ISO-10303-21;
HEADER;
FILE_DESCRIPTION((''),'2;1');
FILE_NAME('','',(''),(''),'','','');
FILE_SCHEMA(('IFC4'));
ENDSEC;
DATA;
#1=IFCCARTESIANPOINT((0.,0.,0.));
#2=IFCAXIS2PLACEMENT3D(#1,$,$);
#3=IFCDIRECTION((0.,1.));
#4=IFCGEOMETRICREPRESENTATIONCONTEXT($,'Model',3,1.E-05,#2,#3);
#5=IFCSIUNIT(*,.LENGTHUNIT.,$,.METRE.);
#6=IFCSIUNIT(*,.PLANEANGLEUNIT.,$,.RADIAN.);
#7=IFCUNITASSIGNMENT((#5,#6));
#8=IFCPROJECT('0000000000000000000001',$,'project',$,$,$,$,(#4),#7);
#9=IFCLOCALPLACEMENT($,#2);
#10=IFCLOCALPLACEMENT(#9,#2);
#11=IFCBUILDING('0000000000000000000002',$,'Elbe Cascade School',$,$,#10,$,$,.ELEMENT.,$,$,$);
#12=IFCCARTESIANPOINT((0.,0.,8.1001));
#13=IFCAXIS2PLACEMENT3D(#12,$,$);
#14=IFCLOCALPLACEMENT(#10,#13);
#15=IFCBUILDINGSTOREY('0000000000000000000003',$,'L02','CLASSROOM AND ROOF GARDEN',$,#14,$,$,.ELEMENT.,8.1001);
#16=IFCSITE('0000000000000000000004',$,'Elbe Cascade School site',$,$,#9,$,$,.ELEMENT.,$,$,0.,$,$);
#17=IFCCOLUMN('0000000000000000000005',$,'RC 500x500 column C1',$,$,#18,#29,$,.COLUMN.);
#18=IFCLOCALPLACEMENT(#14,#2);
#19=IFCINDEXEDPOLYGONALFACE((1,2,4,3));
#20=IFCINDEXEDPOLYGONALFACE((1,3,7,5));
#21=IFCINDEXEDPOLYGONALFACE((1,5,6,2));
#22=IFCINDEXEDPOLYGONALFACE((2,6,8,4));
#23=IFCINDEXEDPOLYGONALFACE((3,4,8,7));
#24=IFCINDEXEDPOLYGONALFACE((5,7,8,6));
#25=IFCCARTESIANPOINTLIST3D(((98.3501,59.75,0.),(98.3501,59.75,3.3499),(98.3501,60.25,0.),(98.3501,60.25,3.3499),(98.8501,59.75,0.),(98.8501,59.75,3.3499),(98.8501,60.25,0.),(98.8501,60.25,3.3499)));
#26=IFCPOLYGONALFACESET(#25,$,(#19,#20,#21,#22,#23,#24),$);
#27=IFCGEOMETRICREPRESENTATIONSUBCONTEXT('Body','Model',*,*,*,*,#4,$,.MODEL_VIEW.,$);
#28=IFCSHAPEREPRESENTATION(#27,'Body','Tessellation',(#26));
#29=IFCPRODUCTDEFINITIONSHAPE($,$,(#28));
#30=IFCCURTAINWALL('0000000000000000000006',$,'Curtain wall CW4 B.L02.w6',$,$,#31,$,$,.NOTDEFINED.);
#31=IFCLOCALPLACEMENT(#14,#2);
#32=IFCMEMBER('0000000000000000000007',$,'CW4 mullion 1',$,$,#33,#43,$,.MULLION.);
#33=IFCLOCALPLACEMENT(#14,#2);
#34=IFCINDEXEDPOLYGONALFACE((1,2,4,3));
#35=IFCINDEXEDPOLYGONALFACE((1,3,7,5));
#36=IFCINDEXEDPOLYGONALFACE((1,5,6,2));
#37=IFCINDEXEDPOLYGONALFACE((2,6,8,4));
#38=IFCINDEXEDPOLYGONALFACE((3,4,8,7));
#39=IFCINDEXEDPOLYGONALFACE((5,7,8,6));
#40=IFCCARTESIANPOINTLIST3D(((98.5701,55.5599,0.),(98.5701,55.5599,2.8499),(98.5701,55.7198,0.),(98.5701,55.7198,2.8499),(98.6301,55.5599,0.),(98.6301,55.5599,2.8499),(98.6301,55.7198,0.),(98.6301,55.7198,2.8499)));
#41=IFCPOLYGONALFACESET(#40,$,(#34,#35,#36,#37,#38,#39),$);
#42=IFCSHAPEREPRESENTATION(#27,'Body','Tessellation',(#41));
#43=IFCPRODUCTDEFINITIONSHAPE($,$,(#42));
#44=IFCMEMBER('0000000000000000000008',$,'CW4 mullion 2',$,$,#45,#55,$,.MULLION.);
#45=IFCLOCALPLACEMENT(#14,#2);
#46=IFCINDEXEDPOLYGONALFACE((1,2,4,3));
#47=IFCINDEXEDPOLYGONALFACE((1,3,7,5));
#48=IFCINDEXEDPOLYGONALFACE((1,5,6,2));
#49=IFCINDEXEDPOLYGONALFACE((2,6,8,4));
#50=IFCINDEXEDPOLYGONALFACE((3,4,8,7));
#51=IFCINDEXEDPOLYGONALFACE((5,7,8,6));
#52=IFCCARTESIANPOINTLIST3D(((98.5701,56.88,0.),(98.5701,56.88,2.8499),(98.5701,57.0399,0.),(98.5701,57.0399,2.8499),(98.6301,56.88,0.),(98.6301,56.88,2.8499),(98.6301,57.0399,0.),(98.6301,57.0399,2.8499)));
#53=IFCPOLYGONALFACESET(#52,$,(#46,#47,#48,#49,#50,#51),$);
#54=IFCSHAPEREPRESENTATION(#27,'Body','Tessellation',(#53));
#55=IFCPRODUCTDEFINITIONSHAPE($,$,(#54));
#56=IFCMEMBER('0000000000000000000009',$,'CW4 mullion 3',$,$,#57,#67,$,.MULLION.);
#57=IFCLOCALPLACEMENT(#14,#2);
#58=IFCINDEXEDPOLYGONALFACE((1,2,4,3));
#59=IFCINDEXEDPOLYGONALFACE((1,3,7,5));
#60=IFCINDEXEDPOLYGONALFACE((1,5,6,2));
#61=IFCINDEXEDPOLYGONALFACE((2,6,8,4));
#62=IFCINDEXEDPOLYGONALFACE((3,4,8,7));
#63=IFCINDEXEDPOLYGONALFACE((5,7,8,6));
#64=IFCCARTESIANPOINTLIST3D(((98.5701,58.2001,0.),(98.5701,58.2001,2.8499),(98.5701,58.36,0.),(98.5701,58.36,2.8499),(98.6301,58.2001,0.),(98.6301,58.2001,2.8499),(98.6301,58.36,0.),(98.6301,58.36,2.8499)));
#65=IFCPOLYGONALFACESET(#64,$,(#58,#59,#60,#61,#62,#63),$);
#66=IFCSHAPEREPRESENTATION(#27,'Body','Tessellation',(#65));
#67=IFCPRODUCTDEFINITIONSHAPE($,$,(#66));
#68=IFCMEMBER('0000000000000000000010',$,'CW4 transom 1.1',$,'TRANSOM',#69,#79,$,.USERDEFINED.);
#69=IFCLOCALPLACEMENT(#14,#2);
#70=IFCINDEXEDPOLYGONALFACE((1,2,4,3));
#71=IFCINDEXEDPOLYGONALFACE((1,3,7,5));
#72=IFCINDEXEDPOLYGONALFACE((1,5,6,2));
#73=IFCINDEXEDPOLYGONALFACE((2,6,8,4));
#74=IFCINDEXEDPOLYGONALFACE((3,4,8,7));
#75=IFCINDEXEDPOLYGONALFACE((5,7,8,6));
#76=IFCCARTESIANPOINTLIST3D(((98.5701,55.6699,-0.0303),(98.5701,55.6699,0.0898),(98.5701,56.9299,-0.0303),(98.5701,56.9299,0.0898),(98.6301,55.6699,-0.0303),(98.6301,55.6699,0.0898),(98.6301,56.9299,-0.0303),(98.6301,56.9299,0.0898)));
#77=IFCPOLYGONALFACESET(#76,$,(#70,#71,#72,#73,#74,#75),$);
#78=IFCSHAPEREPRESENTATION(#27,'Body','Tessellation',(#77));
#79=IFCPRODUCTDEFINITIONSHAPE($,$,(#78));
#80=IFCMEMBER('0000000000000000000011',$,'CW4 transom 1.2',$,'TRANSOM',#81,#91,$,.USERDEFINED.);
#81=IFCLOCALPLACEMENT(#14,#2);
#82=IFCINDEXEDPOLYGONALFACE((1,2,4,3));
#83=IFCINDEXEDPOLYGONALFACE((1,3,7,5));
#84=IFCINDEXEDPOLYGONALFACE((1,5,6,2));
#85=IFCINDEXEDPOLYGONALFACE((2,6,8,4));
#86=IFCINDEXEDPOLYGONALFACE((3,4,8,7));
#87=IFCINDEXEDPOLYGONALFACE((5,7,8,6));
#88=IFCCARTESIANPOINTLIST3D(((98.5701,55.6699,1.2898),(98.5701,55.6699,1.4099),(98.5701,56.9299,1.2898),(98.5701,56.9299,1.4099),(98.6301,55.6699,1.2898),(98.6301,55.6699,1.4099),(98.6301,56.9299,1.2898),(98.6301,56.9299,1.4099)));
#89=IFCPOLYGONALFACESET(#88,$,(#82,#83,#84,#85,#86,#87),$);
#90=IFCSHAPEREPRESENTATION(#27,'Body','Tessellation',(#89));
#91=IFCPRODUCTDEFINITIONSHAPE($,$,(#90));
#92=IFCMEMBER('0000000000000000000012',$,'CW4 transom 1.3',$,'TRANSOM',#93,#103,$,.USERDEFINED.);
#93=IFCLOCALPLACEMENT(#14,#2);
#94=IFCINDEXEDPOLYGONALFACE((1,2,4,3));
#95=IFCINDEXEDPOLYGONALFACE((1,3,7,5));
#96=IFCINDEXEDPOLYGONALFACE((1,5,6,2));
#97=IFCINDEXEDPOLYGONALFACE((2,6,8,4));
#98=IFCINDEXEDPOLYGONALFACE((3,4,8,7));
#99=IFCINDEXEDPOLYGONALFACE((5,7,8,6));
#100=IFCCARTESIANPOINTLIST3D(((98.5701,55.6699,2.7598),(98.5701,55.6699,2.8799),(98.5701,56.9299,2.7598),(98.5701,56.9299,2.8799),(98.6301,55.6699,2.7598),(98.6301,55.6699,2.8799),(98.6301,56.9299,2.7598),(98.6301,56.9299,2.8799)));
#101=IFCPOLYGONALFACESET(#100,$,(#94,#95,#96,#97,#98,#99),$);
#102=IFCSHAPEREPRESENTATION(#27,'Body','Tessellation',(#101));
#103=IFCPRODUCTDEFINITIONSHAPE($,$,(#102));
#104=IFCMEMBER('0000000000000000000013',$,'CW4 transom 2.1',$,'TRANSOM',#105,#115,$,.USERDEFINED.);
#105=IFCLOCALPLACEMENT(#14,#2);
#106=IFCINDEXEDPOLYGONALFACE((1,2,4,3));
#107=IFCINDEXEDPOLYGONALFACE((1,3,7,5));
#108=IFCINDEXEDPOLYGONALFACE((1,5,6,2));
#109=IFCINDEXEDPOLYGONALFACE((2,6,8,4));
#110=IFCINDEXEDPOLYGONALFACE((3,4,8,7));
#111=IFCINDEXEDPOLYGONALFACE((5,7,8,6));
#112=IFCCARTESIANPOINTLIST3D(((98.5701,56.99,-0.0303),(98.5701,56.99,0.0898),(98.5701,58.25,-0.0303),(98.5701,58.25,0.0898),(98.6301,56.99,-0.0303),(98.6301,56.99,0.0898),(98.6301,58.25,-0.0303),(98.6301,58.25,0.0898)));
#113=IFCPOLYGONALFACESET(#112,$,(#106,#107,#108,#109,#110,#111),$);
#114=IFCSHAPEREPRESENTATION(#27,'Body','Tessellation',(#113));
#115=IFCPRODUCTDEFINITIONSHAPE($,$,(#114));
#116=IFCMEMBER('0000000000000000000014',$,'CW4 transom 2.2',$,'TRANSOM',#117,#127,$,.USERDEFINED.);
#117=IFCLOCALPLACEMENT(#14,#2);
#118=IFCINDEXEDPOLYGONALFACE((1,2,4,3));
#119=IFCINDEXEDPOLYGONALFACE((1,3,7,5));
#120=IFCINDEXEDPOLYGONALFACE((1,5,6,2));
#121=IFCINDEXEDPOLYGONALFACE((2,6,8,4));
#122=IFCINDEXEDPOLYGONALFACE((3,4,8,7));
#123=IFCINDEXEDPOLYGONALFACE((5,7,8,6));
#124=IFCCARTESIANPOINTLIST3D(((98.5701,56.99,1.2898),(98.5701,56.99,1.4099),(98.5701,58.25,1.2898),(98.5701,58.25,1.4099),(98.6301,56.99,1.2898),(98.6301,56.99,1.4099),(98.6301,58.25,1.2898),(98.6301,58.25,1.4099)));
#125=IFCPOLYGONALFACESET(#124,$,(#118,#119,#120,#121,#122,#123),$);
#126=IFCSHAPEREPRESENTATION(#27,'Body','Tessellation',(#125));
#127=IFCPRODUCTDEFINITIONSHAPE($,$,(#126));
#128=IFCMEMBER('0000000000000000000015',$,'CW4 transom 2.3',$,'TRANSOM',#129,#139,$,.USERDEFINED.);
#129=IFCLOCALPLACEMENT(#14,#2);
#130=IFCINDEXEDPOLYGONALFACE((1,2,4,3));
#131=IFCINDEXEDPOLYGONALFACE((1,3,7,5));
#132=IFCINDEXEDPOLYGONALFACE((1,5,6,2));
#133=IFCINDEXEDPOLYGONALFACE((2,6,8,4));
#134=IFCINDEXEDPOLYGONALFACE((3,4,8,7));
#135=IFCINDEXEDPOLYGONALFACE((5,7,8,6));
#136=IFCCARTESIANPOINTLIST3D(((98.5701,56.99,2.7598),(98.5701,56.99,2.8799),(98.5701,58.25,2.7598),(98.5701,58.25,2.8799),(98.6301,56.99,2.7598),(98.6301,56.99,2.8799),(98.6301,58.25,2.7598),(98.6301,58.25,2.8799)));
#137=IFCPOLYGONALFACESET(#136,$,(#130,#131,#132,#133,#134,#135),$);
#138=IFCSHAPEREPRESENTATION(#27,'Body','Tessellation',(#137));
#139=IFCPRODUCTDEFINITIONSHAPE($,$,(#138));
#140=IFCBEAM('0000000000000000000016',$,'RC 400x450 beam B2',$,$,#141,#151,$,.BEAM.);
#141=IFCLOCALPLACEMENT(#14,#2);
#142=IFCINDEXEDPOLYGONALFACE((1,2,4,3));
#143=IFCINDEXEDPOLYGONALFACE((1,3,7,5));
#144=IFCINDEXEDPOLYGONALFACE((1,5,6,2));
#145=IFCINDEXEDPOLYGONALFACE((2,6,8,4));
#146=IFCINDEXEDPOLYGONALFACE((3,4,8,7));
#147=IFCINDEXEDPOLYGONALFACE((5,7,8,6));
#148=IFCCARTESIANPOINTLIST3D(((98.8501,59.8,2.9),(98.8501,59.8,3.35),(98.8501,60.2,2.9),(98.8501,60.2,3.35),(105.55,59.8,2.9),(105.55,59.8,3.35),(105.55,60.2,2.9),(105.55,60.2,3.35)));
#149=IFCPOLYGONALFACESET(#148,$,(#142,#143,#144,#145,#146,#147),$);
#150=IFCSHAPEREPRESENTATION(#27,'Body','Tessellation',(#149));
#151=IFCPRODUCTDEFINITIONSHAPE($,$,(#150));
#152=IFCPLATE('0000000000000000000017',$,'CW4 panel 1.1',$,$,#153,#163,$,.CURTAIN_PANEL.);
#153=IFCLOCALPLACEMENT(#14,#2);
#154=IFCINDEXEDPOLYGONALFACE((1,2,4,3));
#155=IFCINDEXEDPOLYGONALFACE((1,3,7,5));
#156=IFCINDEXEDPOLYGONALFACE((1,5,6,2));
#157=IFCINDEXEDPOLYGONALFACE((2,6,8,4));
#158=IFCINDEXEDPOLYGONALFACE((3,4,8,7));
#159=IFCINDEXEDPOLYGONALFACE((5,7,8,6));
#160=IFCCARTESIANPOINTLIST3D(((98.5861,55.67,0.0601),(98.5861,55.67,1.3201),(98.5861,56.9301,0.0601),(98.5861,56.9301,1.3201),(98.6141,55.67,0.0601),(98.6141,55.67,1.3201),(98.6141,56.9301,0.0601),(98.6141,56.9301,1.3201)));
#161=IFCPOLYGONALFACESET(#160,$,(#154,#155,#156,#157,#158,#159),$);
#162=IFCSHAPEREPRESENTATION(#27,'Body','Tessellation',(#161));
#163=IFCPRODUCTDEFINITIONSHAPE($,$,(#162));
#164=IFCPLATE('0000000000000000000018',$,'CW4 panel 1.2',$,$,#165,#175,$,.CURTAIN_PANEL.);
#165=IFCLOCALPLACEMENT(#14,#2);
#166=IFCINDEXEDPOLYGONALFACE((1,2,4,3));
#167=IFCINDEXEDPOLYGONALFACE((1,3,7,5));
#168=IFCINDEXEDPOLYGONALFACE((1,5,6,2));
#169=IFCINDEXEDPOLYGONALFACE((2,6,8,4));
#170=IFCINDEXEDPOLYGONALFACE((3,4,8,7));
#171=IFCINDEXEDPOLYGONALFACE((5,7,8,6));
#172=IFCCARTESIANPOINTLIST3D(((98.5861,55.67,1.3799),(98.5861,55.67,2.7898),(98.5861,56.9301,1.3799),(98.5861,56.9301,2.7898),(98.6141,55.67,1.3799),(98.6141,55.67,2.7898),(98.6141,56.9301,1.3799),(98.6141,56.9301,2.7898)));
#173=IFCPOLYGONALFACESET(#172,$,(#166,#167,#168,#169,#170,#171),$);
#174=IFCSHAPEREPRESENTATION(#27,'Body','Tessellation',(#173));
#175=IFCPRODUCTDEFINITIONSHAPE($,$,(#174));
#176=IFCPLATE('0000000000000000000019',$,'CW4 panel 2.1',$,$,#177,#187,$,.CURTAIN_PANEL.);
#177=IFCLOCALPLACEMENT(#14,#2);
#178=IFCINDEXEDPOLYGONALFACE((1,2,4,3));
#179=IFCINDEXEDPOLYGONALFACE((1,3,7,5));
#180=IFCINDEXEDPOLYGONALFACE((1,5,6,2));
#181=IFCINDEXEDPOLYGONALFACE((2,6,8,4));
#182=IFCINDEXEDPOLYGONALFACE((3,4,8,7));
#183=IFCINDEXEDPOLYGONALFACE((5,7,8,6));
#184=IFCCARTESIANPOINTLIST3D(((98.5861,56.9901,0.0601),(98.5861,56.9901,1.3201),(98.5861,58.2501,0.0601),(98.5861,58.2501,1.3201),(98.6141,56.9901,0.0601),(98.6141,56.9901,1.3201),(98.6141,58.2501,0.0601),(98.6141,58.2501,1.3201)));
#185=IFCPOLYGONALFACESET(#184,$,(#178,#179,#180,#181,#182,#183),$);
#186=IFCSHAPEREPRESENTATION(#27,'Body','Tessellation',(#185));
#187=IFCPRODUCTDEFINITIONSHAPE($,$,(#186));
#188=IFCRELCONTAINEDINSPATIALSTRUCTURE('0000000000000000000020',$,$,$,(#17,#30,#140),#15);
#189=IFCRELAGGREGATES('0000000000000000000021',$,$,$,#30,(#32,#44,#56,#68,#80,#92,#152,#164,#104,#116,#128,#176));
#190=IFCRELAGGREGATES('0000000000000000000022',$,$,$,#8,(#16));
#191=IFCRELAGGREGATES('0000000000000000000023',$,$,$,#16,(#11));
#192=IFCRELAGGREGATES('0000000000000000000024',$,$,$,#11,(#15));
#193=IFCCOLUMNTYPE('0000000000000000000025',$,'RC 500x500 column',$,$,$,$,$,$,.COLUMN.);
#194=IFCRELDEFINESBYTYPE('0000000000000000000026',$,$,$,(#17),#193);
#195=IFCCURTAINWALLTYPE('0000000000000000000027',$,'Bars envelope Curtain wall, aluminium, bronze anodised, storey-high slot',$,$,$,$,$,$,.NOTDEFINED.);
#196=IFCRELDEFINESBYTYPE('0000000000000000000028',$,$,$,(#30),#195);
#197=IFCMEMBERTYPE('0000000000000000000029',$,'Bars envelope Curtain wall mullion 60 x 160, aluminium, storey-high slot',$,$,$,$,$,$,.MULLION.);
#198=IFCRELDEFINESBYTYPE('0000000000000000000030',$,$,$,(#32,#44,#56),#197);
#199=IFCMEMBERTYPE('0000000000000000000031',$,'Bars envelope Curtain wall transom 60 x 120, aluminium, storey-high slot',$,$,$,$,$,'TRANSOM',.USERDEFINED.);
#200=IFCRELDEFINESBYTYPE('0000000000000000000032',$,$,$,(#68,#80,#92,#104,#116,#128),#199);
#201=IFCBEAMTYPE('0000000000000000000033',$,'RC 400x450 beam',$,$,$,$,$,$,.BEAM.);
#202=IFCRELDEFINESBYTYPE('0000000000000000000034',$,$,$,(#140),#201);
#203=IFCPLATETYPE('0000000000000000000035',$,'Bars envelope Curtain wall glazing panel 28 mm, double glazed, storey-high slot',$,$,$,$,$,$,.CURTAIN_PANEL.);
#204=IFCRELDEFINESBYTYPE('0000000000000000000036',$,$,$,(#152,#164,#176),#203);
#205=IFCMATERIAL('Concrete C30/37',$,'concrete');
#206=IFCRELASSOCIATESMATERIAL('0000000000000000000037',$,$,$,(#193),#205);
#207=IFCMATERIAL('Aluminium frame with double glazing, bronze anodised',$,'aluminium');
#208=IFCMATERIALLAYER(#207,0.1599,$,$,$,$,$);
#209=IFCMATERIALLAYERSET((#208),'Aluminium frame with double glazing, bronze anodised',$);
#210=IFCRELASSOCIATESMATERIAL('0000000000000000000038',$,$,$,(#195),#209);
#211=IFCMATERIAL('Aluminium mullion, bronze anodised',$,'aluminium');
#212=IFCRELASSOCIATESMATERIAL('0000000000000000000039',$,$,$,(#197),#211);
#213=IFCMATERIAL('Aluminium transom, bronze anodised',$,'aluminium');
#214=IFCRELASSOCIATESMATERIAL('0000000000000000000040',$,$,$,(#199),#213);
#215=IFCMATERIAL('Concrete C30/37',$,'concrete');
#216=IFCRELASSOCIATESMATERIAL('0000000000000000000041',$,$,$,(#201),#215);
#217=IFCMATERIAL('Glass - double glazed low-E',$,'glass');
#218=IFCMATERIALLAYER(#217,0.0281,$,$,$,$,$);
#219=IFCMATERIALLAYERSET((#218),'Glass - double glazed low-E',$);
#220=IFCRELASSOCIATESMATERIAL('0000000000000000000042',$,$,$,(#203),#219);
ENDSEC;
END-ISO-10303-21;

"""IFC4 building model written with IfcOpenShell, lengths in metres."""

from ifc_helpers import new_model, si_unit, direction, frame, origin, origin_2d, place, context, subcontext, project, spatial, rectangle, extrude, material, layer, layer_set, material_profile, profile_set, type_object, element, aggregate, save


model = new_model("IFC4")

# Units and contexts
model_context = context("Model", 3, precision=1e-05, world=origin(), true_north=direction((0.0, 1.0)))
body_context = subcontext(model_context, "Body", "Model", "MODEL_VIEW")
ifc_project = project(units=[si_unit("LENGTHUNIT", "METRE"), si_unit("PLANEANGLEUNIT", "RADIAN")], contexts=[model_context])

# Site, building, storey
site_placement = place(None, origin())
site = spatial("IfcSite", under=ifc_project, at=site_placement, Name="Elbe Cascade School site", CompositionType="ELEMENT", RefElevation=0.0)
building_placement = place(site_placement, origin())
building = spatial("IfcBuilding", under=site, at=building_placement, Name="Elbe Cascade School", CompositionType="ELEMENT")
storey_placement = place(building_placement, frame((0.0, 0.0, 8.1001)))
storey = spatial("IfcBuildingStorey", under=building, at=storey_placement, Name="L02", Description="CLASSROOM AND ROOF GARDEN", CompositionType="ELEMENT", Elevation=8.1001)

# Column
ifc_material_1 = material(Name="Concrete C30/37", Category="concrete")
ifc_material_profile_1 = material_profile(ifc_material_1, rectangle(XDim=0.5, YDim=0.5, at=origin_2d()), Name="RC 500x500")
ifc_profile_set_1 = profile_set([ifc_material_profile_1], Name="Concrete C30/37")
column_type = type_object("IfcColumnType", Name="RC 500x500 column", PredefinedType="COLUMN", material=ifc_profile_set_1)
column_placement = place(storey_placement, frame((98.6001, 60.0, 0.0), z_axis=(0.0, 0.0, 1.0), x_axis=(1.0, 0.0, 0.0)))
element("IfcColumn", 1, at=column_placement, inside=storey, type_object=column_type, Name="RC 500x500 column C1", PredefinedType="COLUMN", context=body_context, shape_type="SweptSolid", body=[
    extrude(rectangle(XDim=0.5, YDim=0.5, at=origin_2d()), origin(), (0.0, 0.0, 1.0), 3.3499),
])

# Curtain wall, members
ifc_material_2 = material(Name="Aluminium frame with double glazing, bronze anodised", Category="aluminium")
ifc_layer_1 = layer(ifc_material_2, 0.1599)
ifc_layer_set_1 = layer_set([ifc_layer_1], Name="Aluminium frame with double glazing, bronze anodised")
curtain_wall_type = type_object("IfcCurtainWallType", Name="Bars envelope Curtain wall, aluminium, bronze anodised, storey-high slot", PredefinedType="NOTDEFINED", material=ifc_layer_set_1)
curtain_wall_placement = place(storey_placement, origin())
curtain_wall = element("IfcCurtainWall", 2, at=curtain_wall_placement, inside=storey, type_object=curtain_wall_type, Name="Curtain wall CW4 B.L02.w6", PredefinedType="NOTDEFINED")
ifc_material_3 = material(Name="Aluminium mullion, bronze anodised", Category="aluminium")
ifc_material_profile_2 = material_profile(ifc_material_3, rectangle(XDim=0.0601, YDim=0.1599, at=origin_2d()), Name="Bars envelope Curtain wall mullion 60 x 160, aluminium, storey-high slot")
ifc_profile_set_2 = profile_set([ifc_material_profile_2], Name="Aluminium mullion, bronze anodised")
member_type_1 = type_object("IfcMemberType", Name="Bars envelope Curtain wall mullion 60 x 160, aluminium, storey-high slot", PredefinedType="MULLION", material=ifc_profile_set_2)
member_1_placement = place(storey_placement, frame((98.6001, 55.6399, 0.0), z_axis=(0.0, 0.0, 1.0), x_axis=(-1.0, 0.0, 0.0)))
member_1 = element("IfcMember", 3, at=member_1_placement, type_object=member_type_1, Name="CW4 mullion 1", PredefinedType="MULLION", context=body_context, shape_type="SweptSolid", body=[
    extrude(rectangle(XDim=0.0601, YDim=0.1599, at=origin_2d()), origin(), (0.0, 0.0, 1.0), 2.8499),
])
member_2_placement = place(storey_placement, frame((98.6001, 56.96, 0.0), z_axis=(0.0, 0.0, 1.0), x_axis=(-1.0, 0.0, 0.0)))
member_2 = element("IfcMember", 4, at=member_2_placement, type_object=member_type_1, Name="CW4 mullion 2", PredefinedType="MULLION", context=body_context, shape_type="SweptSolid", body=[
    extrude(rectangle(XDim=0.0601, YDim=0.1599, at=origin_2d()), origin(), (0.0, 0.0, 1.0), 2.8499),
])
member_3_placement = place(storey_placement, frame((98.6001, 58.28, 0.0), z_axis=(0.0, 0.0, 1.0), x_axis=(-1.0, 0.0, 0.0)))
member_3 = element("IfcMember", 5, at=member_3_placement, type_object=member_type_1, Name="CW4 mullion 3", PredefinedType="MULLION", context=body_context, shape_type="SweptSolid", body=[
    extrude(rectangle(XDim=0.0601, YDim=0.1599, at=origin_2d()), origin(), (0.0, 0.0, 1.0), 2.8499),
])
ifc_material_4 = material(Name="Aluminium transom, bronze anodised", Category="aluminium")
ifc_material_profile_3 = material_profile(ifc_material_4, rectangle(XDim=0.0601, YDim=0.1201, at=origin_2d()), Name="Bars envelope Curtain wall transom 60 x 120, aluminium, storey-high slot")
ifc_profile_set_3 = profile_set([ifc_material_profile_3], Name="Aluminium transom, bronze anodised")
member_type_2 = type_object("IfcMemberType", Name="Bars envelope Curtain wall transom 60 x 120, aluminium, storey-high slot", ElementType="TRANSOM", PredefinedType="USERDEFINED", material=ifc_profile_set_3)
member_4_placement = place(storey_placement, frame((98.6001, 55.6699, 0.0298), z_axis=(0.0, 1.0, 0.0), x_axis=(-1.0, 0.0, 0.0)))
member_4 = element("IfcMember", 6, at=member_4_placement, type_object=member_type_2, Name="CW4 transom 1.1", ObjectType="TRANSOM", PredefinedType="USERDEFINED", context=body_context, shape_type="SweptSolid", body=[
    extrude(rectangle(XDim=0.0601, YDim=0.1201, at=origin_2d()), origin(), (0.0, 0.0, 1.0), 1.26),
])
member_5_placement = place(storey_placement, frame((98.6001, 55.6699, 1.3499), z_axis=(0.0, 1.0, 0.0), x_axis=(-1.0, 0.0, 0.0)))
member_5 = element("IfcMember", 7, at=member_5_placement, type_object=member_type_2, Name="CW4 transom 1.2", ObjectType="TRANSOM", PredefinedType="USERDEFINED", context=body_context, shape_type="SweptSolid", body=[
    extrude(rectangle(XDim=0.0601, YDim=0.1201, at=origin_2d()), origin(), (0.0, 0.0, 1.0), 1.26),
])
member_6_placement = place(storey_placement, frame((98.6001, 55.6699, 2.8198), z_axis=(0.0, 1.0, 0.0), x_axis=(-1.0, 0.0, 0.0)))
member_6 = element("IfcMember", 8, at=member_6_placement, type_object=member_type_2, Name="CW4 transom 1.3", ObjectType="TRANSOM", PredefinedType="USERDEFINED", context=body_context, shape_type="SweptSolid", body=[
    extrude(rectangle(XDim=0.0601, YDim=0.1201, at=origin_2d()), origin(), (0.0, 0.0, 1.0), 1.26),
])
member_7_placement = place(storey_placement, frame((98.6001, 56.99, 0.0298), z_axis=(0.0, 1.0, 0.0), x_axis=(-1.0, 0.0, 0.0)))
member_7 = element("IfcMember", 9, at=member_7_placement, type_object=member_type_2, Name="CW4 transom 2.1", ObjectType="TRANSOM", PredefinedType="USERDEFINED", context=body_context, shape_type="SweptSolid", body=[
    extrude(rectangle(XDim=0.0601, YDim=0.1201, at=origin_2d()), origin(), (0.0, 0.0, 1.0), 1.26),
])
member_8_placement = place(storey_placement, frame((98.6001, 56.99, 1.3499), z_axis=(0.0, 1.0, 0.0), x_axis=(-1.0, 0.0, 0.0)))
member_8 = element("IfcMember", 10, at=member_8_placement, type_object=member_type_2, Name="CW4 transom 2.2", ObjectType="TRANSOM", PredefinedType="USERDEFINED", context=body_context, shape_type="SweptSolid", body=[
    extrude(rectangle(XDim=0.0601, YDim=0.1201, at=origin_2d()), origin(), (0.0, 0.0, 1.0), 1.26),
])
member_9_placement = place(storey_placement, frame((98.6001, 56.99, 2.8198), z_axis=(0.0, 1.0, 0.0), x_axis=(-1.0, 0.0, 0.0)))
member_9 = element("IfcMember", 11, at=member_9_placement, type_object=member_type_2, Name="CW4 transom 2.3", ObjectType="TRANSOM", PredefinedType="USERDEFINED", context=body_context, shape_type="SweptSolid", body=[
    extrude(rectangle(XDim=0.0601, YDim=0.1201, at=origin_2d()), origin(), (0.0, 0.0, 1.0), 1.26),
])

# Beam
ifc_material_5 = material(Name="Concrete C30/37", Category="concrete")
ifc_material_profile_4 = material_profile(ifc_material_5, rectangle(XDim=0.3999, YDim=0.45, at=origin_2d()), Name="RC 400x450")
ifc_profile_set_4 = profile_set([ifc_material_profile_4], Name="Concrete C30/37")
beam_type = type_object("IfcBeamType", Name="RC 400x450 beam", PredefinedType="BEAM", material=ifc_profile_set_4)
beam_placement = place(storey_placement, frame((98.8501, 60.0, 3.125), z_axis=(1.0, 0.0, 0.0), x_axis=(0.0, 1.0, 0.0)))
element("IfcBeam", 12, at=beam_placement, inside=storey, type_object=beam_type, Name="RC 400x450 beam B2", PredefinedType="BEAM", context=body_context, shape_type="SweptSolid", body=[
    extrude(rectangle(XDim=0.3999, YDim=0.45, at=origin_2d()), origin(), (0.0, 0.0, 1.0), 6.7),
])

# Plates
ifc_material_6 = material(Name="Glass - double glazed low-E", Category="glass")
ifc_layer_2 = layer(ifc_material_6, 0.0281)
ifc_layer_set_2 = layer_set([ifc_layer_2], Name="Glass - double glazed low-E")
plate_type = type_object("IfcPlateType", Name="Bars envelope Curtain wall glazing panel 28 mm, double glazed, storey-high slot", PredefinedType="CURTAIN_PANEL", material=ifc_layer_set_2)
plate_1_placement = place(storey_placement, frame((98.6001, 56.3, 0.0601), z_axis=(0.0, 0.0, 1.0), x_axis=(0.0, 1.0, 0.0)))
plate_1 = element("IfcPlate", 13, at=plate_1_placement, type_object=plate_type, Name="CW4 panel 1.1", PredefinedType="CURTAIN_PANEL", context=body_context, shape_type="SweptSolid", body=[
    extrude(rectangle(XDim=1.26, YDim=0.0281, at=origin_2d()), origin(), (0.0, 0.0, 1.0), 1.26),
])
plate_2_placement = place(storey_placement, frame((98.6001, 56.3, 1.3799), z_axis=(0.0, 0.0, 1.0), x_axis=(0.0, 1.0, 0.0)))
plate_2 = element("IfcPlate", 14, at=plate_2_placement, type_object=plate_type, Name="CW4 panel 1.2", PredefinedType="CURTAIN_PANEL", context=body_context, shape_type="SweptSolid", body=[
    extrude(rectangle(XDim=1.26, YDim=0.0281, at=origin_2d()), origin(), (0.0, 0.0, 1.0), 1.4099),
])
plate_3_placement = place(storey_placement, frame((98.6001, 57.6201, 0.0601), z_axis=(0.0, 0.0, 1.0), x_axis=(0.0, 1.0, 0.0)))
plate_3 = element("IfcPlate", 15, at=plate_3_placement, type_object=plate_type, Name="CW4 panel 2.1", PredefinedType="CURTAIN_PANEL", context=body_context, shape_type="SweptSolid", body=[
    extrude(rectangle(XDim=1.26, YDim=0.0281, at=origin_2d()), origin(), (0.0, 0.0, 1.0), 1.26),
])
aggregate(curtain_wall, [member_1, member_2, member_3, member_4, member_5, member_6, plate_1, plate_2, member_7, member_8, member_9, plate_3])

save(model, "model.ifc")
